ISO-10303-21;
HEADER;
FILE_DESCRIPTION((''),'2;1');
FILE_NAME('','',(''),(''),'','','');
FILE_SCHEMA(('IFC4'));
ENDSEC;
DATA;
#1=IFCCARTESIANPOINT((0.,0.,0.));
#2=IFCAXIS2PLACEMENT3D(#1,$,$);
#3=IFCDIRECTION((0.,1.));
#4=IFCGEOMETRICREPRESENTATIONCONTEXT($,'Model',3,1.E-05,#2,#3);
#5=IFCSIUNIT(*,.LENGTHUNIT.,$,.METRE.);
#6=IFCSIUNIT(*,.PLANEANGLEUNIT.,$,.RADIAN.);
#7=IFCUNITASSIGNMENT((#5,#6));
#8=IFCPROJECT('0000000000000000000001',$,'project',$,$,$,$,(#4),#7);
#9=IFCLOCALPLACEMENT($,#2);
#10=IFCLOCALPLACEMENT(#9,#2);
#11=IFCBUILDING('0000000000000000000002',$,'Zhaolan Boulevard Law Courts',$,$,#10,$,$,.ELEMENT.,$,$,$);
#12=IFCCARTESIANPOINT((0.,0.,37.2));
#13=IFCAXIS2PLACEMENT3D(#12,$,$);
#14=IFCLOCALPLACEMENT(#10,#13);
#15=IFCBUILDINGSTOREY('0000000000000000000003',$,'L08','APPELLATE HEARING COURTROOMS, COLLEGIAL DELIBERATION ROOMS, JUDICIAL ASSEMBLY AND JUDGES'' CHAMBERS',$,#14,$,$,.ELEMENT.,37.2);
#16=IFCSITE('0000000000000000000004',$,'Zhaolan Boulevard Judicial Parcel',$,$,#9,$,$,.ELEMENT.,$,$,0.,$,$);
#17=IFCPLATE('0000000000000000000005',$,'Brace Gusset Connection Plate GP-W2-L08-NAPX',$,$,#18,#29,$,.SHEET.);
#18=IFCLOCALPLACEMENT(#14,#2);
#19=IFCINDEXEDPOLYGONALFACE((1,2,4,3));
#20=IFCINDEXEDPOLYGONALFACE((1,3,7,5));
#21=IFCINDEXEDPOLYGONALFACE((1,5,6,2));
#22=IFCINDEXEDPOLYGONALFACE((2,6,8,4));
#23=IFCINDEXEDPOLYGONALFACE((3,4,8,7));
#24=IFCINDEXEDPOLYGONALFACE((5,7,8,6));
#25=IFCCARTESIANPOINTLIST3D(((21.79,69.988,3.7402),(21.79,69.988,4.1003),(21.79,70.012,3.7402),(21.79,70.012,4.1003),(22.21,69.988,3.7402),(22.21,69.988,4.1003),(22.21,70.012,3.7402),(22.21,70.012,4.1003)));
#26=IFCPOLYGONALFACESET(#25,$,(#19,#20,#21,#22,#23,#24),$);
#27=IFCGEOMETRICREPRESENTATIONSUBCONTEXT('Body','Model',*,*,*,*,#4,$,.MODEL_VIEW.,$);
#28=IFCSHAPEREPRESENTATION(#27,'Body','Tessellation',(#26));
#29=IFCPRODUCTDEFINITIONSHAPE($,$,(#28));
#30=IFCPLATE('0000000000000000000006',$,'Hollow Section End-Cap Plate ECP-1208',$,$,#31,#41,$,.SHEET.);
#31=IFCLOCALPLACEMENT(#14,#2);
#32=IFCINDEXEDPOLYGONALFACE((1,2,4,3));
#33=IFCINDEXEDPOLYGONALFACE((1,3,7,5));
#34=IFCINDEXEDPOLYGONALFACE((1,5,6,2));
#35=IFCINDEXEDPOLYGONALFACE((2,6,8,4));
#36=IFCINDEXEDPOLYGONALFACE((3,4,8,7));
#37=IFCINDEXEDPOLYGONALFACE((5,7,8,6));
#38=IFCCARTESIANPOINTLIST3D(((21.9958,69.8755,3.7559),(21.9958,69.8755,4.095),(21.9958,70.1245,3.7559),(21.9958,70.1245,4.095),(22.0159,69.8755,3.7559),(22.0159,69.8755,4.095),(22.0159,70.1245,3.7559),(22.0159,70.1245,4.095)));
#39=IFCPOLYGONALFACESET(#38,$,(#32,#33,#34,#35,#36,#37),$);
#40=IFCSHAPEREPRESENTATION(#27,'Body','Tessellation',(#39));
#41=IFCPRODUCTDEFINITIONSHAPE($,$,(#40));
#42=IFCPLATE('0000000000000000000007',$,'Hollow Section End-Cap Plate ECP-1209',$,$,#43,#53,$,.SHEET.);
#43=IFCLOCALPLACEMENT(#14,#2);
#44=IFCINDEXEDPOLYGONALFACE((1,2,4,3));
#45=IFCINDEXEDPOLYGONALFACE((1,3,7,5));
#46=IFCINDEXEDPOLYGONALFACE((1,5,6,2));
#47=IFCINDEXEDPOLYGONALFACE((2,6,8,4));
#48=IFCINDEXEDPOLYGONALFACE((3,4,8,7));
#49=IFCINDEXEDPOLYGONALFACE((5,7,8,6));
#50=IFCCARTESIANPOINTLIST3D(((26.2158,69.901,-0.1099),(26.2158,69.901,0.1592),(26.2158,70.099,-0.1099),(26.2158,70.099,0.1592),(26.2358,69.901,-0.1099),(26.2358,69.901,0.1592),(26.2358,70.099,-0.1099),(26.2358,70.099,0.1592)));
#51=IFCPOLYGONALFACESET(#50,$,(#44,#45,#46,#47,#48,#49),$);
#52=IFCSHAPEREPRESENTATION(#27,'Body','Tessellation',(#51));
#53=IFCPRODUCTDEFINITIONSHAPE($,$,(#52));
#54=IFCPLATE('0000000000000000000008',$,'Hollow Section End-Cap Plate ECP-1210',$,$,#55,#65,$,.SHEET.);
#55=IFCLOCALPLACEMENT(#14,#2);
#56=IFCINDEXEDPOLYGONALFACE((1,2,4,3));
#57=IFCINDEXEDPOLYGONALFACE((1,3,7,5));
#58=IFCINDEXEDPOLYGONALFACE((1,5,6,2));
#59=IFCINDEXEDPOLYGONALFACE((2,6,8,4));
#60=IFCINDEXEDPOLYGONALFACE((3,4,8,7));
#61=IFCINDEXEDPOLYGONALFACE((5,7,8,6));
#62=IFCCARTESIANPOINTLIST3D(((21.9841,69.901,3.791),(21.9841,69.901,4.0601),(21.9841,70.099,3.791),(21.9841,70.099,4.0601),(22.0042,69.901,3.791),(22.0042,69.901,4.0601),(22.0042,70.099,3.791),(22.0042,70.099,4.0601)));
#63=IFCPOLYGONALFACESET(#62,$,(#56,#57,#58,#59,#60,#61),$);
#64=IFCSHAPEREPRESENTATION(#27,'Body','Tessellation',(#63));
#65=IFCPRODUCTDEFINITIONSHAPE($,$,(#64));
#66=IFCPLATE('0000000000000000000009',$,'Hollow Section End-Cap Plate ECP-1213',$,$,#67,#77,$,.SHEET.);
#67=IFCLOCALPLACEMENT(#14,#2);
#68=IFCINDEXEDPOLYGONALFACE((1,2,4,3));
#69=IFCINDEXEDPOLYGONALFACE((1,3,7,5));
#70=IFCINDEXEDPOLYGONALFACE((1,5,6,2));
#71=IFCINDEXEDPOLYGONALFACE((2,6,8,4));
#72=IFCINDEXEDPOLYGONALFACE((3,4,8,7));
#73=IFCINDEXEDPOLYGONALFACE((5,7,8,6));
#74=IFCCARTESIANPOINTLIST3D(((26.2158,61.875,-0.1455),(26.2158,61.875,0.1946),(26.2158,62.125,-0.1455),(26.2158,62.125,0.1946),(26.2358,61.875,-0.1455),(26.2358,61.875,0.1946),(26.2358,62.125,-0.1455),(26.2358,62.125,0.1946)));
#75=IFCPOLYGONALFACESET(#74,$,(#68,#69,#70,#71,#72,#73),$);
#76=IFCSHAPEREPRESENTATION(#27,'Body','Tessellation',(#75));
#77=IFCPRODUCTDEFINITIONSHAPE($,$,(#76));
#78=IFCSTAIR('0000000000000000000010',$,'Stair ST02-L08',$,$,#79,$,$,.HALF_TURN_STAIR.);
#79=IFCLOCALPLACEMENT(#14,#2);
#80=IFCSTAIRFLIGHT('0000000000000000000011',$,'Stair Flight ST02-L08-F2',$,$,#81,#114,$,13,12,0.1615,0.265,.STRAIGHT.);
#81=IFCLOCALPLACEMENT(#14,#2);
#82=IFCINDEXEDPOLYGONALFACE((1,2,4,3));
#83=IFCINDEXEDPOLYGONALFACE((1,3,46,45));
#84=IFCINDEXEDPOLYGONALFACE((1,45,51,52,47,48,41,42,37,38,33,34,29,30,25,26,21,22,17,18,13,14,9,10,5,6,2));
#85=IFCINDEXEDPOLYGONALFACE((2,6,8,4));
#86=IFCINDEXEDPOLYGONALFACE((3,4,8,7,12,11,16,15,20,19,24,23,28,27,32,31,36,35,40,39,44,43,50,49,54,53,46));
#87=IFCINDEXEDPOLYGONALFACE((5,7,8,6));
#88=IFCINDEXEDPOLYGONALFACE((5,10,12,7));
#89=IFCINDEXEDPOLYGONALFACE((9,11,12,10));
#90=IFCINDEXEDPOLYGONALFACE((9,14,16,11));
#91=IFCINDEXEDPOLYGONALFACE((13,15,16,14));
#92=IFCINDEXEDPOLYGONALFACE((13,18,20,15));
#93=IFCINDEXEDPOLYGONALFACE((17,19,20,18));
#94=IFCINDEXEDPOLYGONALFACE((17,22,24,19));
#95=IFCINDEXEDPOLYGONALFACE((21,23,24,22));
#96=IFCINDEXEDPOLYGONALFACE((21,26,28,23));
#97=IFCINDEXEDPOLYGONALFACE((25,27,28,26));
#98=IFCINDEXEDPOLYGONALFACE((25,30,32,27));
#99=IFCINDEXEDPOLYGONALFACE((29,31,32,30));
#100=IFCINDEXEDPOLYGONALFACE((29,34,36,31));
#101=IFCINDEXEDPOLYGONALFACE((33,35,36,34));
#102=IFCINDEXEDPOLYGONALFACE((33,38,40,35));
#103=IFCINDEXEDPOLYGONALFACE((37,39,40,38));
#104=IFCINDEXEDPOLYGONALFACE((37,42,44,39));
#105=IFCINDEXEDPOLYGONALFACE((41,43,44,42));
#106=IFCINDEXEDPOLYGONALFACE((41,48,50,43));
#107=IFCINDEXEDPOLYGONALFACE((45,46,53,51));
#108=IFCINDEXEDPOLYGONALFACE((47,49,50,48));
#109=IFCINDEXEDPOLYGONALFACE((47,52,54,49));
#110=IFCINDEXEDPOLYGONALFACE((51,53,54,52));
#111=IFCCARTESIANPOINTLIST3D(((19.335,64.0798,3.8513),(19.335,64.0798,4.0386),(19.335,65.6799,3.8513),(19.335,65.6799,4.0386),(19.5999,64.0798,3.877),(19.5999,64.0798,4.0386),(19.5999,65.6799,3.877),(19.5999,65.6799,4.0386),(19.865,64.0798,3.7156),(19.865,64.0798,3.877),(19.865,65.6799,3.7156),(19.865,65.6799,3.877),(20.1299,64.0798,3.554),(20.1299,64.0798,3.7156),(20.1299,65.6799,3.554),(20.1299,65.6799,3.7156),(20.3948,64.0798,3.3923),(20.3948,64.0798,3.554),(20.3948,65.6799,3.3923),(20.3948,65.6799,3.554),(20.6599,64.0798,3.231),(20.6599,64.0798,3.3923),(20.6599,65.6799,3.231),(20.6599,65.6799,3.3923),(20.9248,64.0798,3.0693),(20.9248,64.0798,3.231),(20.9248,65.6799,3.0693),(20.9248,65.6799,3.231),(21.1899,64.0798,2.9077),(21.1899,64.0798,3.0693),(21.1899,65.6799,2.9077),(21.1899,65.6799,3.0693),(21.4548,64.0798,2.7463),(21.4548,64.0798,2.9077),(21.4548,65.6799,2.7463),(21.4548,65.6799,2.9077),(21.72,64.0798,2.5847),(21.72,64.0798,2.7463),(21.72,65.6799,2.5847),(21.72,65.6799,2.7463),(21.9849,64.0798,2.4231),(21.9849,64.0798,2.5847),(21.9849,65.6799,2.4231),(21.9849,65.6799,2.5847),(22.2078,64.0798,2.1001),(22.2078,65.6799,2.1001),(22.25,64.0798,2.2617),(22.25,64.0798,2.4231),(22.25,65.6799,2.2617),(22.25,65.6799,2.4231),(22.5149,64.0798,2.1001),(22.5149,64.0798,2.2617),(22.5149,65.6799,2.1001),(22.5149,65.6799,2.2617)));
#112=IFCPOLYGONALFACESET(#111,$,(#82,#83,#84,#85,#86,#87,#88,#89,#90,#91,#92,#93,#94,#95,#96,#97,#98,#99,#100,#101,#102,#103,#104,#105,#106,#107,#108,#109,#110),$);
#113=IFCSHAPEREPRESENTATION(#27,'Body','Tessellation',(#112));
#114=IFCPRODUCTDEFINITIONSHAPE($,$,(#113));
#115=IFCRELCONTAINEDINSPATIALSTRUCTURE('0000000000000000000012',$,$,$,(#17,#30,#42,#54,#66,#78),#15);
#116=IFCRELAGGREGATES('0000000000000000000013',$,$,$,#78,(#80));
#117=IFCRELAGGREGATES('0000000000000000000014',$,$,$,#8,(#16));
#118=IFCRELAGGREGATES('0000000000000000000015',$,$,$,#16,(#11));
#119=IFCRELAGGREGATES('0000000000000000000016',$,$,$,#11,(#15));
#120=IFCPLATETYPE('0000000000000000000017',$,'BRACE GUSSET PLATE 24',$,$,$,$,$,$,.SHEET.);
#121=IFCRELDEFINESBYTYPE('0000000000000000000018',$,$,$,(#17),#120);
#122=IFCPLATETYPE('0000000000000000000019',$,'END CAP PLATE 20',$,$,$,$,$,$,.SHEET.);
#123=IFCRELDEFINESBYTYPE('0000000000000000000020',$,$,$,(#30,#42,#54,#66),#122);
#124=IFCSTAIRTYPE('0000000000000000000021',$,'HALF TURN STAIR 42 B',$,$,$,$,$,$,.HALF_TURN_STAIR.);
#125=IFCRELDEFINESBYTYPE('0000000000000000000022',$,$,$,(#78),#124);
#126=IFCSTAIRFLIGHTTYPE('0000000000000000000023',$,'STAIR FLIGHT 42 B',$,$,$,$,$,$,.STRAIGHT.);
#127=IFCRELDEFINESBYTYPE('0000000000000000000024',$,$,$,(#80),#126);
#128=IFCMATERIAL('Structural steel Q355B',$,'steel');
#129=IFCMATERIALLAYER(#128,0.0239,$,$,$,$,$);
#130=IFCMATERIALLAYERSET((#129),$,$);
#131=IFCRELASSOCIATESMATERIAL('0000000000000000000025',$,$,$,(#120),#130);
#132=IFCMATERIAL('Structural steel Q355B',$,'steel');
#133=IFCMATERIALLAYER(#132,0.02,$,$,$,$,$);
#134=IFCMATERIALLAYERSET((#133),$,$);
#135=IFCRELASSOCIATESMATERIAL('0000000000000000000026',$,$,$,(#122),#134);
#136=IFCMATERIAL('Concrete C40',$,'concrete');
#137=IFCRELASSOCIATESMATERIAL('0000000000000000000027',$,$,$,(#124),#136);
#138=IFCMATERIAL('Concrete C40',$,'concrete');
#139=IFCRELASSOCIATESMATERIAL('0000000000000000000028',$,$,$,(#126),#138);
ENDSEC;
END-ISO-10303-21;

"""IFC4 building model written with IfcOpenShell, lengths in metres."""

from ifc_helpers import new_model, si_unit, direction, frame, origin, origin_2d, place, context, subcontext, project, spatial, polyline, rectangle, outline, extrude, material, layer, layer_set, type_object, element, aggregate, save


model = new_model("IFC4")

# Units and contexts
model_context = context("Model", 3, precision=1e-05, world=origin(), true_north=direction((0.0, 1.0)))
body_context = subcontext(model_context, "Body", "Model", "MODEL_VIEW")
ifc_project = project(units=[si_unit("LENGTHUNIT", "METRE"), si_unit("PLANEANGLEUNIT", "RADIAN")], contexts=[model_context])

# Site, building, storey
site_placement = place(None, origin())
site = spatial("IfcSite", under=ifc_project, at=site_placement, Name="Zhaolan Boulevard Judicial Parcel", CompositionType="ELEMENT", RefElevation=0.0)
building_placement = place(site_placement, origin())
building = spatial("IfcBuilding", under=site, at=building_placement, Name="Zhaolan Boulevard Law Courts", CompositionType="ELEMENT")
storey_placement = place(building_placement, frame((0.0, 0.0, 37.2)))
storey = spatial("IfcBuildingStorey", under=building, at=storey_placement, Name="L08", Description="APPELLATE HEARING COURTROOMS, COLLEGIAL DELIBERATION ROOMS, JUDICIAL ASSEMBLY AND JUDGES' CHAMBERS", CompositionType="ELEMENT", Elevation=37.2)

# Plates
ifc_material_1 = material(Name="Structural steel Q355B", Category="steel")
ifc_layer_1 = layer(ifc_material_1, 0.0239)
ifc_layer_set_1 = layer_set([ifc_layer_1])
plate_type_1 = type_object("IfcPlateType", Name="BRACE GUSSET PLATE 24", PredefinedType="SHEET", material=ifc_layer_set_1)
for number, where, z_axis, x_axis, name in (
    (1, (22.0, 70.0, 3.7402), (0.0, 0.0, 1.0), (1.0, 0.0, 0.0), "Brace Gusset Connection Plate GP-W2-L08-NAPX"),
):
    element("IfcPlate", number, at=place(storey_placement, frame(where, z_axis=z_axis, x_axis=x_axis)), inside=storey, type_object=plate_type_1, Name=name, PredefinedType="SHEET", context=body_context, shape_type="SweptSolid", body=[
        extrude(rectangle(XDim=0.4199, YDim=0.0239, at=origin_2d()), origin(), (0.0, 0.0, 1.0), 0.3601),
    ])
ifc_material_2 = material(Name="Structural steel Q355B", Category="steel")
ifc_layer_2 = layer(ifc_material_2, 0.02)
ifc_layer_set_2 = layer_set([ifc_layer_2])
plate_type_2 = type_object("IfcPlateType", Name="END CAP PLATE 20", PredefinedType="SHEET", material=ifc_layer_set_2)
plate_1_placement = place(storey_placement, frame((22.0059, 70.0, 3.7559), z_axis=(0.0, 0.0, 1.0), x_axis=(1.0, 0.0, 0.0)))
element("IfcPlate", 2, at=plate_1_placement, inside=storey, type_object=plate_type_2, Name="Hollow Section End-Cap Plate ECP-1208", PredefinedType="SHEET", context=body_context, shape_type="SweptSolid", body=[
    extrude(rectangle(XDim=0.02, YDim=0.249, at=origin_2d()), origin(), (0.0, 0.0, 1.0), 0.3391),
])
for number, where, z_axis, x_axis, name in (
    (3, (26.2258, 70.0, -0.1099), (0.0, 0.0, 1.0), (-1.0, 0.0, 0.0), "Hollow Section End-Cap Plate ECP-1209"),
    (4, (21.9941, 70.0, 3.791), (0.0, 0.0, 1.0), (-1.0, 0.0, 0.0), "Hollow Section End-Cap Plate ECP-1210"),
):
    element("IfcPlate", number, at=place(storey_placement, frame(where, z_axis=z_axis, x_axis=x_axis)), inside=storey, type_object=plate_type_2, Name=name, PredefinedType="SHEET", context=body_context, shape_type="SweptSolid", body=[
        extrude(rectangle(XDim=0.02, YDim=0.198, at=origin_2d()), origin(), (0.0, 0.0, 1.0), 0.269),
    ])
plate_2_placement = place(storey_placement, frame((26.2258, 62.0, -0.1455), z_axis=(0.0, 0.0, 1.0), x_axis=(-1.0, 0.0, 0.0)))
element("IfcPlate", 5, at=plate_2_placement, inside=storey, type_object=plate_type_2, Name="Hollow Section End-Cap Plate ECP-1213", PredefinedType="SHEET", context=body_context, shape_type="SweptSolid", body=[
    extrude(rectangle(XDim=0.02, YDim=0.25, at=origin_2d()), origin(), (0.0, 0.0, 1.0), 0.3401),
])

# Stair, stair flight
ifc_material_3 = material(Name="Concrete C40", Category="concrete")
stair_type = type_object("IfcStairType", Name="HALF TURN STAIR 42 B", PredefinedType="HALF_TURN_STAIR", material=ifc_material_3)
stair_placement = place(storey_placement, origin())
stair = element("IfcStair", 6, at=stair_placement, inside=storey, type_object=stair_type, Name="Stair ST02-L08", PredefinedType="HALF_TURN_STAIR")
ifc_material_4 = material(Name="Concrete C40", Category="concrete")
stair_flight_type = type_object("IfcStairFlightType", Name="STAIR FLIGHT 42 B", PredefinedType="STRAIGHT", material=ifc_material_4)
stair_flight_placement = place(storey_placement, frame((22.5149, 64.8799, 2.1001), z_axis=(0.0, 0.0, 1.0), x_axis=(-1.0, 0.0, 0.0)))
stair_flight = element("IfcStairFlight", 7, at=stair_flight_placement, type_object=stair_flight_type, Name="Stair Flight ST02-L08-F2", NumberOfRisers=13, NumberOfTreads=12, PredefinedType="STRAIGHT", RiserHeight=0.1615, TreadLength=0.265, context=body_context, shape_type="SweptSolid", body=[
    extrude(outline(polyline([(0.0, 0.0), (0.0, 0.1616), (0.2649, 0.1616), (0.2649, 0.323), (0.53, 0.323), (0.53, 0.4846), (0.7949, 0.4846), (0.7949, 0.6462), (1.0601, 0.6462), (1.0601, 0.8076), (1.325, 0.8076), (1.325, 0.9692), (1.5901, 0.9692), (1.5901, 1.1309), (1.855, 1.1309), (1.855, 1.2922), (2.1201, 1.2922), (2.1201, 1.4539), (2.385, 1.4539), (2.385, 1.6155), (2.6499, 1.6155), (2.6499, 1.7769), (2.915, 1.7769), (2.915, 1.9385), (3.1799, 1.9385), (3.1799, 2.1001), (3.1799, 1.7512), (0.3071, 0.0), (0.0, 0.0)])), frame((0.0, 0.8, 0.0), z_axis=(0.0, -1.0, 0.0), x_axis=(1.0, 0.0, 0.0)), (0.0, 0.0, 1.0), 1.6001),
])
aggregate(stair, [stair_flight])

save(model, "model.ifc")
